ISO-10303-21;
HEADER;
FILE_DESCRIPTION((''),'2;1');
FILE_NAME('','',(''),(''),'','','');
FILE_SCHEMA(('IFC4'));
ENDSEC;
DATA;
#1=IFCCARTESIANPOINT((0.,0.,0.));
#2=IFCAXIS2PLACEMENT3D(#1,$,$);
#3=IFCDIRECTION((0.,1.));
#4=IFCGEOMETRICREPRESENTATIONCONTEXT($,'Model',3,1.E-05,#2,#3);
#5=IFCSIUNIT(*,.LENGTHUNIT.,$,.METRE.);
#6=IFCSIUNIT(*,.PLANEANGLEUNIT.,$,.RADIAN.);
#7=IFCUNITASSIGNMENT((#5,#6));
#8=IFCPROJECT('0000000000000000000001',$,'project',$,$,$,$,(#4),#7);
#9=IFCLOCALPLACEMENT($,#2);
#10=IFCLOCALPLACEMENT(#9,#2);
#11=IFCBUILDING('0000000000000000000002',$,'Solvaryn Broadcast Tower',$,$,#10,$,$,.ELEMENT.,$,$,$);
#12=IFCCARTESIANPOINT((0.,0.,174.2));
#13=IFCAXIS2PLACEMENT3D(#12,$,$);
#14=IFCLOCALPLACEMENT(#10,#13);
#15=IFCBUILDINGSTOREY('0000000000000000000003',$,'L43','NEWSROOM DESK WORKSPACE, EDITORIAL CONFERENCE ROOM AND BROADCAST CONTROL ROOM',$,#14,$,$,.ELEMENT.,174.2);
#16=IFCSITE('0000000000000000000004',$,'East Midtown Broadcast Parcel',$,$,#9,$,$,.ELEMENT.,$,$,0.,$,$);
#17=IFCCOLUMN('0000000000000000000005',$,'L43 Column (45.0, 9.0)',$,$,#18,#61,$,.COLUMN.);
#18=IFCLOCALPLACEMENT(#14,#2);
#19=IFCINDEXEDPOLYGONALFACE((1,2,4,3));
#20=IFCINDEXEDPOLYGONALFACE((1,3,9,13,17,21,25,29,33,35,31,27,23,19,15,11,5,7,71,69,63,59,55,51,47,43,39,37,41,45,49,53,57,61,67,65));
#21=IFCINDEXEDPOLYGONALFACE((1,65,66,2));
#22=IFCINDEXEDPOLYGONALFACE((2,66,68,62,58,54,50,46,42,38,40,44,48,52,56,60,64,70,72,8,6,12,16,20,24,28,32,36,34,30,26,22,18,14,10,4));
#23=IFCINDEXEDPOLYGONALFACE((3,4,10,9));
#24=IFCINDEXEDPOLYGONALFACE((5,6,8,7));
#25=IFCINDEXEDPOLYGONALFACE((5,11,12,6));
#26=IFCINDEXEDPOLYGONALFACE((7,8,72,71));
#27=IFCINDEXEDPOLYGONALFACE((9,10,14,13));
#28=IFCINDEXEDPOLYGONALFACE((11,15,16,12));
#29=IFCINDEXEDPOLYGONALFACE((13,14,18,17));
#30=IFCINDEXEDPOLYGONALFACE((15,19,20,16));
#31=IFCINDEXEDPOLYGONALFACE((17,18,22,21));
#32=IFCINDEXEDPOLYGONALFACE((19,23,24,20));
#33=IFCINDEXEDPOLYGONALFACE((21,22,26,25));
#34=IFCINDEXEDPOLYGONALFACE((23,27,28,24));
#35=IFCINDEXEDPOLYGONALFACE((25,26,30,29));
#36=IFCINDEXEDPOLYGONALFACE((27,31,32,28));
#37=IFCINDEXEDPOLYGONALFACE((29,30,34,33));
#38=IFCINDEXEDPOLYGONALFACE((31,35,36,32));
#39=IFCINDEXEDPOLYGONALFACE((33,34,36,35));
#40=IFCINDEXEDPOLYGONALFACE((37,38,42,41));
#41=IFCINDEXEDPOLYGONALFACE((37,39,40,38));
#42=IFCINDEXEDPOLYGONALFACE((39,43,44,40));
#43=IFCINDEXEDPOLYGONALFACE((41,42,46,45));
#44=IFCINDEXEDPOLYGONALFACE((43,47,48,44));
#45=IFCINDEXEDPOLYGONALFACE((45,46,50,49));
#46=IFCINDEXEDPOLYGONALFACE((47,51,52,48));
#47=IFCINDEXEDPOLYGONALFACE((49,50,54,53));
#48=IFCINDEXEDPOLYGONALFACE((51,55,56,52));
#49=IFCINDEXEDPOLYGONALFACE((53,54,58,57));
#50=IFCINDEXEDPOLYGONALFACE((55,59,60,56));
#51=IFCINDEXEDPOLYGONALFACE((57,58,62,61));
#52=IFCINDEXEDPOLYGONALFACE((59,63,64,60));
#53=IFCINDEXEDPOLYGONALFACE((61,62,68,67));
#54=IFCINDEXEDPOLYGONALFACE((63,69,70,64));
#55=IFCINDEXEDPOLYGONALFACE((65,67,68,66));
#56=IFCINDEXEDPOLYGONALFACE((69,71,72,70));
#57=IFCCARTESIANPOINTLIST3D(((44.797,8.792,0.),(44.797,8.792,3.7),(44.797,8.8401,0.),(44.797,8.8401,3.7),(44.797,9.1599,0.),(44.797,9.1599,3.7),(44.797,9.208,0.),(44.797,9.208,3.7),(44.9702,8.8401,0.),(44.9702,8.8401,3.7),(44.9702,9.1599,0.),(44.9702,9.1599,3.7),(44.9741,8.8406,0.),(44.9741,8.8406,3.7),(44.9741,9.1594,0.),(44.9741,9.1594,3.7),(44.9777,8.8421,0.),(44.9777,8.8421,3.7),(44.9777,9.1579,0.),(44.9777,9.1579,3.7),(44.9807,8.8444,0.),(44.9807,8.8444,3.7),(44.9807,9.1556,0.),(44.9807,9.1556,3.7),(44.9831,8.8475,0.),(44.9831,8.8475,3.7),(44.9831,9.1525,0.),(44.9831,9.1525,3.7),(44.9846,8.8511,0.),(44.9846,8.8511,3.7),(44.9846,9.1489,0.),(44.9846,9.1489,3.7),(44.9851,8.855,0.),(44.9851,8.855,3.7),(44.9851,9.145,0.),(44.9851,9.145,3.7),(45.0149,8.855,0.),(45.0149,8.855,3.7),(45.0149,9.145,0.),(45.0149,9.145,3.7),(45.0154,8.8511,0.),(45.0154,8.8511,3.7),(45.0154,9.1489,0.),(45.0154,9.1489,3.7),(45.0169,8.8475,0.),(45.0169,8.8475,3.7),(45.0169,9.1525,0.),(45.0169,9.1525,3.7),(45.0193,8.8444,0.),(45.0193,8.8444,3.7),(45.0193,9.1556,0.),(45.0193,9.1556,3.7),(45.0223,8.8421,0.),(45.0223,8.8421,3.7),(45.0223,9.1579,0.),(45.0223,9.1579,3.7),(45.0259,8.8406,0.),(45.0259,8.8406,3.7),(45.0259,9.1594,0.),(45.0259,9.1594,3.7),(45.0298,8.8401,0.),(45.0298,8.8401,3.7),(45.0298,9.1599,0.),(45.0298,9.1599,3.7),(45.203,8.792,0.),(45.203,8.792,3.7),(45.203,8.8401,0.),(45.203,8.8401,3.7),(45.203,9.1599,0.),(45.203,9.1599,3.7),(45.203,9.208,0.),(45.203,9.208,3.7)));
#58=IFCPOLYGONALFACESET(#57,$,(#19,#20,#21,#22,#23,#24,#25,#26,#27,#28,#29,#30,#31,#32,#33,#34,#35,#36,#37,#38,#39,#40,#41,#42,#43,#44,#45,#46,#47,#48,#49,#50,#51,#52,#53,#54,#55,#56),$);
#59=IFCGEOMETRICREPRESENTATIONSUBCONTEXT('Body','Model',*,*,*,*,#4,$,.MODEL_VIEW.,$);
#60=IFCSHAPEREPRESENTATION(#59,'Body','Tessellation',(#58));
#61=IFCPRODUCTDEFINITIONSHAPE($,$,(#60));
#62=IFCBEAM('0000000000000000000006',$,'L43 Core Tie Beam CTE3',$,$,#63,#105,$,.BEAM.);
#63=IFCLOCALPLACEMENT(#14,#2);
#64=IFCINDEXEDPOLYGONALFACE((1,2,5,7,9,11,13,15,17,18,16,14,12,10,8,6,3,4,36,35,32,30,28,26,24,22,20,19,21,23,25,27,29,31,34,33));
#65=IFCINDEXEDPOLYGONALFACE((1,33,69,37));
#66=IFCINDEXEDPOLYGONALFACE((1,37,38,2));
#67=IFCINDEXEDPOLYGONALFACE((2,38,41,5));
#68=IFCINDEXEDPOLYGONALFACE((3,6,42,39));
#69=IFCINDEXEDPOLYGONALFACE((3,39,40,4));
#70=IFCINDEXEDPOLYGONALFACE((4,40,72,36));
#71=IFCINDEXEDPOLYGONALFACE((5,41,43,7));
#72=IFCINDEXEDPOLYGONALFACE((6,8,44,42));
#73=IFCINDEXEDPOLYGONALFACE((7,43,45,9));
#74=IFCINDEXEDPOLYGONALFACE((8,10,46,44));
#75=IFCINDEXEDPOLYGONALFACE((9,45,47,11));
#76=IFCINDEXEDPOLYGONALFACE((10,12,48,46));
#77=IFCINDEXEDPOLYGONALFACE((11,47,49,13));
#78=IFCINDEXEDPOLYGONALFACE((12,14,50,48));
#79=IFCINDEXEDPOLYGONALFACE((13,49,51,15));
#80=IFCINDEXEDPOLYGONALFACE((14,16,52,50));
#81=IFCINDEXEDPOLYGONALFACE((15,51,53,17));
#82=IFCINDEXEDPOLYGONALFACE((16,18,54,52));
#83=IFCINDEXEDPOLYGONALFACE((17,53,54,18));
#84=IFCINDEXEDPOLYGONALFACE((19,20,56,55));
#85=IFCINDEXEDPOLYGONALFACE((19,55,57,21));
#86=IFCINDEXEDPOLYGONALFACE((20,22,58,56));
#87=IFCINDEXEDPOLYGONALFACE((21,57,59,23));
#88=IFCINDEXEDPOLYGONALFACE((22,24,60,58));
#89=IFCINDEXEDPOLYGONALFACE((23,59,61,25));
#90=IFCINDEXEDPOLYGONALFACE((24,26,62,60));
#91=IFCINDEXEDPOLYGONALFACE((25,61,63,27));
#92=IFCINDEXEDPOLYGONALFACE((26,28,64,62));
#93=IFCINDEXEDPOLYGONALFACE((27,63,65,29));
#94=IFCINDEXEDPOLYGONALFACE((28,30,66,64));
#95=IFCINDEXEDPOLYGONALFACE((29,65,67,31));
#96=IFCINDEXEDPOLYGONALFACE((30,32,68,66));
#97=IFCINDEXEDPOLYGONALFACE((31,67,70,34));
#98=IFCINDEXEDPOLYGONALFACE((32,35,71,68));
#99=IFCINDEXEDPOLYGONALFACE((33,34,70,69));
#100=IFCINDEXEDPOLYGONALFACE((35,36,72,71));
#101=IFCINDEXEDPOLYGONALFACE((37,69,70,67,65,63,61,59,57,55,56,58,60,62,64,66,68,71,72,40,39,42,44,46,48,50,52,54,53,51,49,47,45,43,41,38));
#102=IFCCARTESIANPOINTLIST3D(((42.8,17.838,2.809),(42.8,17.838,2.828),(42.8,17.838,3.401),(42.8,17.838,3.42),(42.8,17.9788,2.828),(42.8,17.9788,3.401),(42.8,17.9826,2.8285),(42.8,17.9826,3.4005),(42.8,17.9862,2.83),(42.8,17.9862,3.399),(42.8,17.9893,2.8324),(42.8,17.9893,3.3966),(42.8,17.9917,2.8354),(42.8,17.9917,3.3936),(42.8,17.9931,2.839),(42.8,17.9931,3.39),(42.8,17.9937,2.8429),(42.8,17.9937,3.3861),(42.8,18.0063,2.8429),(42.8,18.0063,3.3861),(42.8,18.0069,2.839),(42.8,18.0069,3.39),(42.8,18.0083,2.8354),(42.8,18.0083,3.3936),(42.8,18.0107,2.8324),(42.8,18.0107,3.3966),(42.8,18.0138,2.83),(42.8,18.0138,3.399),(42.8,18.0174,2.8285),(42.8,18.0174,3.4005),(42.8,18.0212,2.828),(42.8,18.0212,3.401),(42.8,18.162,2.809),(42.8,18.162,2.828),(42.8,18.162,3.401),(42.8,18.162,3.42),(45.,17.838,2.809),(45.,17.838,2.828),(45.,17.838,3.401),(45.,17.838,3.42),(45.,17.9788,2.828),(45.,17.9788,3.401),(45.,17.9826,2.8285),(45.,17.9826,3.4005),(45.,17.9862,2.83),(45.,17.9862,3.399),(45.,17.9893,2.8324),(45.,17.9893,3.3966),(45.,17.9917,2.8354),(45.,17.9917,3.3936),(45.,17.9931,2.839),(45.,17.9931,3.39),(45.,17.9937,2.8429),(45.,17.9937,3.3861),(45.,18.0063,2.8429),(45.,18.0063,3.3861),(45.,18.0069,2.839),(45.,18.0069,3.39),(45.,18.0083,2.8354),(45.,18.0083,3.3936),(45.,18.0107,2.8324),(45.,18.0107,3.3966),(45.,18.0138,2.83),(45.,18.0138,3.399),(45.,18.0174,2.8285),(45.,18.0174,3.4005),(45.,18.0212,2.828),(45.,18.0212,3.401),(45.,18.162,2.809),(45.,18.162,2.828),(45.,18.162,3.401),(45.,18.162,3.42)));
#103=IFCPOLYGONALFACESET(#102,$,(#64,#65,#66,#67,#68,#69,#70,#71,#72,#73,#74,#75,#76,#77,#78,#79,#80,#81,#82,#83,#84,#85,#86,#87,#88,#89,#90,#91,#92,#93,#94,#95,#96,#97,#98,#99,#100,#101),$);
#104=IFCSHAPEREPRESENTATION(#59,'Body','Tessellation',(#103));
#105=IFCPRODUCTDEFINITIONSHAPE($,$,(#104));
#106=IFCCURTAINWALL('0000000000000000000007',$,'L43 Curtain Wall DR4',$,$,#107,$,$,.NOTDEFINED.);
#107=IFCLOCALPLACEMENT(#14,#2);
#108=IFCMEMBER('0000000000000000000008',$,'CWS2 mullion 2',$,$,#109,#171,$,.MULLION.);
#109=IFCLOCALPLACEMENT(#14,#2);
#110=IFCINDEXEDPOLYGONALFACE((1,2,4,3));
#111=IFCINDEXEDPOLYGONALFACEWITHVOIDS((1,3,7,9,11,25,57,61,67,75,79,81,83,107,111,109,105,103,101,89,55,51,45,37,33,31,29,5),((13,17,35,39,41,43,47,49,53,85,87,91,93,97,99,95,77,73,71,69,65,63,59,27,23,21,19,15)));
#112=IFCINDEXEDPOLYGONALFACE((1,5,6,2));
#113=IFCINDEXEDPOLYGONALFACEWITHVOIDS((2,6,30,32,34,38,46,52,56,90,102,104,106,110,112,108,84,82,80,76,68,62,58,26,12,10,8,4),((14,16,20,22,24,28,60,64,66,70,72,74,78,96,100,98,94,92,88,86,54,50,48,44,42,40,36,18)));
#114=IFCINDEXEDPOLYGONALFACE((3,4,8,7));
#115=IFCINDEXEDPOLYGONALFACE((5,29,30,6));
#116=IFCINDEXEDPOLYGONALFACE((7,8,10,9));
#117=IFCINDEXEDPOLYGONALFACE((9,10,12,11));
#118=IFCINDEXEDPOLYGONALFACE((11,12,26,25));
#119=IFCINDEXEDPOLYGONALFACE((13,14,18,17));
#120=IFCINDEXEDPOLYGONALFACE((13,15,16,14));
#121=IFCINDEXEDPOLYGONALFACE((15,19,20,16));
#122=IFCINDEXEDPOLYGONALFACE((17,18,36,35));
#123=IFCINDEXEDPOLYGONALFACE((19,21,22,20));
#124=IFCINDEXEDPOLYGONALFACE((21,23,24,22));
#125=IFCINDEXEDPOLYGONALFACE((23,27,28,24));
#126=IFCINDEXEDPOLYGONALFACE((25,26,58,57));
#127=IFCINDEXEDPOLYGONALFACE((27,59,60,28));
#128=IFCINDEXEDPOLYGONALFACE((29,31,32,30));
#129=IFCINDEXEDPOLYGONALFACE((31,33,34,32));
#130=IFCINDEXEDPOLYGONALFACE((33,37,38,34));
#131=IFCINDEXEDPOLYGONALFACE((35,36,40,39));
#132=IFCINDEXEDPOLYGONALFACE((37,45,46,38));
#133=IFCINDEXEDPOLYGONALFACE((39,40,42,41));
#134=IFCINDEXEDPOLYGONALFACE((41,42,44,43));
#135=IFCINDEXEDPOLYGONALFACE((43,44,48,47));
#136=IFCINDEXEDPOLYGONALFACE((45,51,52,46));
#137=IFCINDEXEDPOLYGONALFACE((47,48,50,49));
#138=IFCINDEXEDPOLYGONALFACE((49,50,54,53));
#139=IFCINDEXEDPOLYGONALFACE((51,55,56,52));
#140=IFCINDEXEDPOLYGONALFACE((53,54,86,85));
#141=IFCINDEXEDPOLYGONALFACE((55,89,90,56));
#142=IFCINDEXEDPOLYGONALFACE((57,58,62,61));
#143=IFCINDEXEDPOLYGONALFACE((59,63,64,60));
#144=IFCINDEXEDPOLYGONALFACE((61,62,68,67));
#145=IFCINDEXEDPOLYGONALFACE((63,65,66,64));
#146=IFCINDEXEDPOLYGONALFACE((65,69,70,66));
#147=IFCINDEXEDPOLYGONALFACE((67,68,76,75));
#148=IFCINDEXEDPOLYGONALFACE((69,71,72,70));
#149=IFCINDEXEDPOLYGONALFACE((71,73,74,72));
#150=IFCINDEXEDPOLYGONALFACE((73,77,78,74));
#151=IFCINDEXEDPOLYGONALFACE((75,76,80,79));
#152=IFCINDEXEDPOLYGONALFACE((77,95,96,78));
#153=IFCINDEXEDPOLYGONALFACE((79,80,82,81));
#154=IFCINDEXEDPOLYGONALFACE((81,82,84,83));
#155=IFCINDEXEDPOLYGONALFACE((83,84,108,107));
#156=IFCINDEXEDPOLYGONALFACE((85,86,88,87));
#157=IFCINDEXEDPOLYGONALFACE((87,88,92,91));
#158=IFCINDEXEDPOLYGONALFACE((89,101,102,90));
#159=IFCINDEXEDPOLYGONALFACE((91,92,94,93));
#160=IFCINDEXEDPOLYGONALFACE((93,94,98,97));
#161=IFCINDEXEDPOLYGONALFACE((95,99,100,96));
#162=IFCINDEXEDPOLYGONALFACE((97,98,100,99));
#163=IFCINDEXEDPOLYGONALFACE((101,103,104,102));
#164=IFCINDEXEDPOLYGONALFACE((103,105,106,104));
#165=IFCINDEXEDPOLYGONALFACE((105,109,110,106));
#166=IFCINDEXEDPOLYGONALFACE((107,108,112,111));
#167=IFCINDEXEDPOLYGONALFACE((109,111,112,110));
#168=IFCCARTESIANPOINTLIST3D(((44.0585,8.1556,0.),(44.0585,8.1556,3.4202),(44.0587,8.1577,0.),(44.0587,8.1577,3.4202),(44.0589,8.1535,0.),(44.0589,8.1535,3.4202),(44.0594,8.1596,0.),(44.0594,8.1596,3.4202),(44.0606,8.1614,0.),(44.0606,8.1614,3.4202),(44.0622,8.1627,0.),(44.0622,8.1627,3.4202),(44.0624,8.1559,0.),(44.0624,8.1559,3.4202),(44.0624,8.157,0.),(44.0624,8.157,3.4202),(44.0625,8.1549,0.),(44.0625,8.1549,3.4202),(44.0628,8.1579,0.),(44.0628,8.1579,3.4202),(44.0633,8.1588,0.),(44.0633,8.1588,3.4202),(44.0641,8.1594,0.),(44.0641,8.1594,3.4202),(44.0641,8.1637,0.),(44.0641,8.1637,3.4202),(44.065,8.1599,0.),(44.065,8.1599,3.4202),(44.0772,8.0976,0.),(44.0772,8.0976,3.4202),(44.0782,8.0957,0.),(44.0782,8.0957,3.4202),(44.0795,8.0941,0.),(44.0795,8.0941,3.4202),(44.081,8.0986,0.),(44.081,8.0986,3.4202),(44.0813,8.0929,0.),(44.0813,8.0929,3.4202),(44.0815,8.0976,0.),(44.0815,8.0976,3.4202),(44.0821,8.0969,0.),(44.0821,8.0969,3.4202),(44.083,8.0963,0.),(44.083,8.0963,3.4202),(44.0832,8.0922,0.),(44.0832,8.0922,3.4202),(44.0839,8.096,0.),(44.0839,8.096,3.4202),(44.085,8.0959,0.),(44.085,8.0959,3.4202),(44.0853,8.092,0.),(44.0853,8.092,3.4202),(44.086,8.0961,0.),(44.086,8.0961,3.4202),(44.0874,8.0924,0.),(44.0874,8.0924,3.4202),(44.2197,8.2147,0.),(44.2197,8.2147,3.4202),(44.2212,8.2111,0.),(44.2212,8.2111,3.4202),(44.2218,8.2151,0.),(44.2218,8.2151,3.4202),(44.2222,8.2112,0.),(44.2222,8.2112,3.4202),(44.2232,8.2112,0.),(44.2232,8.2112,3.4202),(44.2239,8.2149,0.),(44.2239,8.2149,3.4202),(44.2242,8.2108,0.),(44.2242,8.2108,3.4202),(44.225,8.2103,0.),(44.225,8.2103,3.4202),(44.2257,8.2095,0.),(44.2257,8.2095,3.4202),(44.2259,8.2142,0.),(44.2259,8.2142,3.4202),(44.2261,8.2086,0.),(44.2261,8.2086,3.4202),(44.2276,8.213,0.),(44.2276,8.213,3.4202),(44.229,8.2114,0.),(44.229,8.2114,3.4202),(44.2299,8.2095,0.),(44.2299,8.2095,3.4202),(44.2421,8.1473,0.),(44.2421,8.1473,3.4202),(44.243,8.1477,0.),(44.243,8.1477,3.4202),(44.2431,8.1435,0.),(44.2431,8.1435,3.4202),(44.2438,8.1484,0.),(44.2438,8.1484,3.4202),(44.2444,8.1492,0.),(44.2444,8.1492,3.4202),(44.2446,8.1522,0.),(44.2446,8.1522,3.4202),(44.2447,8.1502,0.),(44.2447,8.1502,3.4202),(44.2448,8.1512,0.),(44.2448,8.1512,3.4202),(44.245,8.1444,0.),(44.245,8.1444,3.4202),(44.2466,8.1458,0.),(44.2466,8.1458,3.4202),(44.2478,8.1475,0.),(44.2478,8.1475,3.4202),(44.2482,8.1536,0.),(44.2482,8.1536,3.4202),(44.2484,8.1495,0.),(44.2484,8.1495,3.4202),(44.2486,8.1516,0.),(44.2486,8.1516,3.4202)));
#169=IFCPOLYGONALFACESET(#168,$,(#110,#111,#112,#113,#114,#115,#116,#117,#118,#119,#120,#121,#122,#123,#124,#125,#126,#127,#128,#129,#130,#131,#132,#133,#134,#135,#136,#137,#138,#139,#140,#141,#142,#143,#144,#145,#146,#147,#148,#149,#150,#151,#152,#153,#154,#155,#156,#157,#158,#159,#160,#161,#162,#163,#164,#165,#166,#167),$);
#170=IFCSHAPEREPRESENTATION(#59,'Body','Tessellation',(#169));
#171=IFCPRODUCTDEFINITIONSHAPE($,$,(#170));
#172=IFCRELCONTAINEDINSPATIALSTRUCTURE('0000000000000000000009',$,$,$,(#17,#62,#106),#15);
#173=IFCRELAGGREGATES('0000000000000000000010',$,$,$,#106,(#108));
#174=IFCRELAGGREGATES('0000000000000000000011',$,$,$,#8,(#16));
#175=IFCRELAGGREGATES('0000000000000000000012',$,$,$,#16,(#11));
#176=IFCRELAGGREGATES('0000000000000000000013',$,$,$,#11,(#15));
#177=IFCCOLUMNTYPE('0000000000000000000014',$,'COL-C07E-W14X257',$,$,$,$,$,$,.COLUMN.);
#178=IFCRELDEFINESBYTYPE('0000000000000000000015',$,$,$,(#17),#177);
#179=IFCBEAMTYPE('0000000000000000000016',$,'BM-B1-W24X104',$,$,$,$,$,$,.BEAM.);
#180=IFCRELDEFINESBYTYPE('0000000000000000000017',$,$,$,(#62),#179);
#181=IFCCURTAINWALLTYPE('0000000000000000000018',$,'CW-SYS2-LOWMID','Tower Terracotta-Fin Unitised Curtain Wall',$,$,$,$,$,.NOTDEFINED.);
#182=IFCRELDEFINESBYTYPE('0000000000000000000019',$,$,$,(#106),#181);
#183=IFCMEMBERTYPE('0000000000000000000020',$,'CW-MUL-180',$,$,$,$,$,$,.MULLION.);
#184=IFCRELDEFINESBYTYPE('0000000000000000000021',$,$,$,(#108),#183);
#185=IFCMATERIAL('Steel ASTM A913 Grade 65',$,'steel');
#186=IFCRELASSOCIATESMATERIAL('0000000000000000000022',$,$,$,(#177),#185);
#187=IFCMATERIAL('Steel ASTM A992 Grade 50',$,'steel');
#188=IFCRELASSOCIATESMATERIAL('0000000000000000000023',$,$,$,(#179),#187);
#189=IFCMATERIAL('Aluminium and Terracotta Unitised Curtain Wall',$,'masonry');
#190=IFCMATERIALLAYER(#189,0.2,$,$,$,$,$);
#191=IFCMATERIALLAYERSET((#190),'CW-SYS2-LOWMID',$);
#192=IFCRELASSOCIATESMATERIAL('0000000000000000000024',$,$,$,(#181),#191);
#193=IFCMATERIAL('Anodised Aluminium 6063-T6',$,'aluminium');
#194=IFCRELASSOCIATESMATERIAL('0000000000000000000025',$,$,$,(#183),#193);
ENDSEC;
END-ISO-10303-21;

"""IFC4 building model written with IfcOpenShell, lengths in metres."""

from ifc_helpers import new_model, si_unit, direction, frame, origin, origin_2d, place, context, subcontext, project, spatial, hollow_rectangle, i_section, extrude, material, layer, layer_set, material_profile, profile_set, type_object, element, aggregate, save


model = new_model("IFC4")

# Units and contexts
model_context = context("Model", 3, precision=1e-05, world=origin(), true_north=direction((0.0, 1.0)))
body_context = subcontext(model_context, "Body", "Model", "MODEL_VIEW")
ifc_project = project(units=[si_unit("LENGTHUNIT", "METRE"), si_unit("PLANEANGLEUNIT", "RADIAN")], contexts=[model_context])

# Site, building, storey
site_placement = place(None, origin())
site = spatial("IfcSite", under=ifc_project, at=site_placement, Name="East Midtown Broadcast Parcel", CompositionType="ELEMENT", RefElevation=0.0)
building_placement = place(site_placement, origin())
building = spatial("IfcBuilding", under=site, at=building_placement, Name="Solvaryn Broadcast Tower", CompositionType="ELEMENT")
storey_placement = place(building_placement, frame((0.0, 0.0, 174.2)))
storey = spatial("IfcBuildingStorey", under=building, at=storey_placement, Name="L43", Description="NEWSROOM DESK WORKSPACE, EDITORIAL CONFERENCE ROOM AND BROADCAST CONTROL ROOM", CompositionType="ELEMENT", Elevation=174.2)

# Column
ifc_material_1 = material(Name="Steel ASTM A913 Grade 65", Category="steel")
ifc_material_profile_1 = material_profile(ifc_material_1, i_section(OverallWidth=0.406, OverallDepth=0.416, WebThickness=0.0298, FlangeThickness=0.0481, FilletRadius=0.0149, at=origin_2d()))
ifc_profile_set_1 = profile_set([ifc_material_profile_1], Name="Steel ASTM A913 Grade 65")
column_type = type_object("IfcColumnType", Name="COL-C07E-W14X257", PredefinedType="COLUMN", material=ifc_profile_set_1)
column_placement = place(storey_placement, frame((45.0, 9.0, 0.0), z_axis=(0.0, 0.0, 1.0), x_axis=(1.0, 0.0, 0.0)))
element("IfcColumn", 1, at=column_placement, inside=storey, type_object=column_type, Name="L43 Column (45.0, 9.0)", PredefinedType="COLUMN", context=body_context, shape_type="SweptSolid", body=[
    extrude(i_section(OverallWidth=0.406, OverallDepth=0.416, WebThickness=0.0298, FlangeThickness=0.0481, FilletRadius=0.0149, at=origin_2d()), origin(), (0.0, 0.0, 1.0), 3.7),
])

# Beam
ifc_material_2 = material(Name="Steel ASTM A992 Grade 50", Category="steel")
ifc_material_profile_2 = material_profile(ifc_material_2, i_section(OverallWidth=0.324, OverallDepth=0.6111, WebThickness=0.0127, FlangeThickness=0.019, FilletRadius=0.0149, at=origin_2d()))
ifc_profile_set_2 = profile_set([ifc_material_profile_2], Name="Steel ASTM A992 Grade 50")
beam_type = type_object("IfcBeamType", Name="BM-B1-W24X104", PredefinedType="BEAM", material=ifc_profile_set_2)
beam_placement = place(storey_placement, frame((42.8, 18.0, 3.1145), z_axis=(1.0, 0.0, 0.0), x_axis=(0.0, 1.0, 0.0)))
element("IfcBeam", 2, at=beam_placement, inside=storey, type_object=beam_type, Name="L43 Core Tie Beam CTE3", PredefinedType="BEAM", context=body_context, shape_type="SweptSolid", body=[
    extrude(i_section(OverallWidth=0.324, OverallDepth=0.6111, WebThickness=0.0127, FlangeThickness=0.019, FilletRadius=0.0149, at=origin_2d()), origin(), (0.0, 0.0, 1.0), 2.2),
])

# Curtain wall, member
ifc_material_3 = material(Name="Aluminium and Terracotta Unitised Curtain Wall", Category="masonry")
ifc_layer_1 = layer(ifc_material_3, 0.2)
ifc_layer_set_1 = layer_set([ifc_layer_1], Name="CW-SYS2-LOWMID")
curtain_wall_type = type_object("IfcCurtainWallType", Name="CW-SYS2-LOWMID", Description="Tower Terracotta-Fin Unitised Curtain Wall", PredefinedType="NOTDEFINED", material=ifc_layer_set_1)
curtain_wall_1_placement = place(storey_placement, origin())
curtain_wall_1 = element("IfcCurtainWall", 3, at=curtain_wall_1_placement, inside=storey, type_object=curtain_wall_type, Name="L43 Curtain Wall DR4", PredefinedType="NOTDEFINED")
ifc_material_4 = material(Name="Anodised Aluminium 6063-T6", Category="aluminium")
ifc_material_profile_3 = material_profile(ifc_material_4, hollow_rectangle(XDim=0.075, YDim=0.1799, WallThickness=0.0039, InnerFilletRadius=0.0039, OuterFilletRadius=0.0081, at=origin_2d()))
ifc_profile_set_3 = profile_set([ifc_material_profile_3], Name="Anodised Aluminium 6063-T6")
member_type_1 = type_object("IfcMemberType", Name="CW-MUL-180", PredefinedType="MULLION", material=ifc_profile_set_3)
member_1_placement = place(storey_placement, frame((44.1536, 8.1536, 0.0), z_axis=(0.0, 0.0, 1.0), x_axis=(-0.311559, 0.950227, 0.0)))
member_1 = element("IfcMember", 4, at=member_1_placement, type_object=member_type_1, Name="CWS2 mullion 2", PredefinedType="MULLION", context=body_context, shape_type="SweptSolid", body=[
    extrude(hollow_rectangle(XDim=0.075, YDim=0.1799, WallThickness=0.0039, InnerFilletRadius=0.0039, OuterFilletRadius=0.0081, at=origin_2d()), origin(), (0.0, 0.0, 1.0), 3.4202),
])
aggregate(curtain_wall_1, [member_1])

save(model, "model.ifc")
